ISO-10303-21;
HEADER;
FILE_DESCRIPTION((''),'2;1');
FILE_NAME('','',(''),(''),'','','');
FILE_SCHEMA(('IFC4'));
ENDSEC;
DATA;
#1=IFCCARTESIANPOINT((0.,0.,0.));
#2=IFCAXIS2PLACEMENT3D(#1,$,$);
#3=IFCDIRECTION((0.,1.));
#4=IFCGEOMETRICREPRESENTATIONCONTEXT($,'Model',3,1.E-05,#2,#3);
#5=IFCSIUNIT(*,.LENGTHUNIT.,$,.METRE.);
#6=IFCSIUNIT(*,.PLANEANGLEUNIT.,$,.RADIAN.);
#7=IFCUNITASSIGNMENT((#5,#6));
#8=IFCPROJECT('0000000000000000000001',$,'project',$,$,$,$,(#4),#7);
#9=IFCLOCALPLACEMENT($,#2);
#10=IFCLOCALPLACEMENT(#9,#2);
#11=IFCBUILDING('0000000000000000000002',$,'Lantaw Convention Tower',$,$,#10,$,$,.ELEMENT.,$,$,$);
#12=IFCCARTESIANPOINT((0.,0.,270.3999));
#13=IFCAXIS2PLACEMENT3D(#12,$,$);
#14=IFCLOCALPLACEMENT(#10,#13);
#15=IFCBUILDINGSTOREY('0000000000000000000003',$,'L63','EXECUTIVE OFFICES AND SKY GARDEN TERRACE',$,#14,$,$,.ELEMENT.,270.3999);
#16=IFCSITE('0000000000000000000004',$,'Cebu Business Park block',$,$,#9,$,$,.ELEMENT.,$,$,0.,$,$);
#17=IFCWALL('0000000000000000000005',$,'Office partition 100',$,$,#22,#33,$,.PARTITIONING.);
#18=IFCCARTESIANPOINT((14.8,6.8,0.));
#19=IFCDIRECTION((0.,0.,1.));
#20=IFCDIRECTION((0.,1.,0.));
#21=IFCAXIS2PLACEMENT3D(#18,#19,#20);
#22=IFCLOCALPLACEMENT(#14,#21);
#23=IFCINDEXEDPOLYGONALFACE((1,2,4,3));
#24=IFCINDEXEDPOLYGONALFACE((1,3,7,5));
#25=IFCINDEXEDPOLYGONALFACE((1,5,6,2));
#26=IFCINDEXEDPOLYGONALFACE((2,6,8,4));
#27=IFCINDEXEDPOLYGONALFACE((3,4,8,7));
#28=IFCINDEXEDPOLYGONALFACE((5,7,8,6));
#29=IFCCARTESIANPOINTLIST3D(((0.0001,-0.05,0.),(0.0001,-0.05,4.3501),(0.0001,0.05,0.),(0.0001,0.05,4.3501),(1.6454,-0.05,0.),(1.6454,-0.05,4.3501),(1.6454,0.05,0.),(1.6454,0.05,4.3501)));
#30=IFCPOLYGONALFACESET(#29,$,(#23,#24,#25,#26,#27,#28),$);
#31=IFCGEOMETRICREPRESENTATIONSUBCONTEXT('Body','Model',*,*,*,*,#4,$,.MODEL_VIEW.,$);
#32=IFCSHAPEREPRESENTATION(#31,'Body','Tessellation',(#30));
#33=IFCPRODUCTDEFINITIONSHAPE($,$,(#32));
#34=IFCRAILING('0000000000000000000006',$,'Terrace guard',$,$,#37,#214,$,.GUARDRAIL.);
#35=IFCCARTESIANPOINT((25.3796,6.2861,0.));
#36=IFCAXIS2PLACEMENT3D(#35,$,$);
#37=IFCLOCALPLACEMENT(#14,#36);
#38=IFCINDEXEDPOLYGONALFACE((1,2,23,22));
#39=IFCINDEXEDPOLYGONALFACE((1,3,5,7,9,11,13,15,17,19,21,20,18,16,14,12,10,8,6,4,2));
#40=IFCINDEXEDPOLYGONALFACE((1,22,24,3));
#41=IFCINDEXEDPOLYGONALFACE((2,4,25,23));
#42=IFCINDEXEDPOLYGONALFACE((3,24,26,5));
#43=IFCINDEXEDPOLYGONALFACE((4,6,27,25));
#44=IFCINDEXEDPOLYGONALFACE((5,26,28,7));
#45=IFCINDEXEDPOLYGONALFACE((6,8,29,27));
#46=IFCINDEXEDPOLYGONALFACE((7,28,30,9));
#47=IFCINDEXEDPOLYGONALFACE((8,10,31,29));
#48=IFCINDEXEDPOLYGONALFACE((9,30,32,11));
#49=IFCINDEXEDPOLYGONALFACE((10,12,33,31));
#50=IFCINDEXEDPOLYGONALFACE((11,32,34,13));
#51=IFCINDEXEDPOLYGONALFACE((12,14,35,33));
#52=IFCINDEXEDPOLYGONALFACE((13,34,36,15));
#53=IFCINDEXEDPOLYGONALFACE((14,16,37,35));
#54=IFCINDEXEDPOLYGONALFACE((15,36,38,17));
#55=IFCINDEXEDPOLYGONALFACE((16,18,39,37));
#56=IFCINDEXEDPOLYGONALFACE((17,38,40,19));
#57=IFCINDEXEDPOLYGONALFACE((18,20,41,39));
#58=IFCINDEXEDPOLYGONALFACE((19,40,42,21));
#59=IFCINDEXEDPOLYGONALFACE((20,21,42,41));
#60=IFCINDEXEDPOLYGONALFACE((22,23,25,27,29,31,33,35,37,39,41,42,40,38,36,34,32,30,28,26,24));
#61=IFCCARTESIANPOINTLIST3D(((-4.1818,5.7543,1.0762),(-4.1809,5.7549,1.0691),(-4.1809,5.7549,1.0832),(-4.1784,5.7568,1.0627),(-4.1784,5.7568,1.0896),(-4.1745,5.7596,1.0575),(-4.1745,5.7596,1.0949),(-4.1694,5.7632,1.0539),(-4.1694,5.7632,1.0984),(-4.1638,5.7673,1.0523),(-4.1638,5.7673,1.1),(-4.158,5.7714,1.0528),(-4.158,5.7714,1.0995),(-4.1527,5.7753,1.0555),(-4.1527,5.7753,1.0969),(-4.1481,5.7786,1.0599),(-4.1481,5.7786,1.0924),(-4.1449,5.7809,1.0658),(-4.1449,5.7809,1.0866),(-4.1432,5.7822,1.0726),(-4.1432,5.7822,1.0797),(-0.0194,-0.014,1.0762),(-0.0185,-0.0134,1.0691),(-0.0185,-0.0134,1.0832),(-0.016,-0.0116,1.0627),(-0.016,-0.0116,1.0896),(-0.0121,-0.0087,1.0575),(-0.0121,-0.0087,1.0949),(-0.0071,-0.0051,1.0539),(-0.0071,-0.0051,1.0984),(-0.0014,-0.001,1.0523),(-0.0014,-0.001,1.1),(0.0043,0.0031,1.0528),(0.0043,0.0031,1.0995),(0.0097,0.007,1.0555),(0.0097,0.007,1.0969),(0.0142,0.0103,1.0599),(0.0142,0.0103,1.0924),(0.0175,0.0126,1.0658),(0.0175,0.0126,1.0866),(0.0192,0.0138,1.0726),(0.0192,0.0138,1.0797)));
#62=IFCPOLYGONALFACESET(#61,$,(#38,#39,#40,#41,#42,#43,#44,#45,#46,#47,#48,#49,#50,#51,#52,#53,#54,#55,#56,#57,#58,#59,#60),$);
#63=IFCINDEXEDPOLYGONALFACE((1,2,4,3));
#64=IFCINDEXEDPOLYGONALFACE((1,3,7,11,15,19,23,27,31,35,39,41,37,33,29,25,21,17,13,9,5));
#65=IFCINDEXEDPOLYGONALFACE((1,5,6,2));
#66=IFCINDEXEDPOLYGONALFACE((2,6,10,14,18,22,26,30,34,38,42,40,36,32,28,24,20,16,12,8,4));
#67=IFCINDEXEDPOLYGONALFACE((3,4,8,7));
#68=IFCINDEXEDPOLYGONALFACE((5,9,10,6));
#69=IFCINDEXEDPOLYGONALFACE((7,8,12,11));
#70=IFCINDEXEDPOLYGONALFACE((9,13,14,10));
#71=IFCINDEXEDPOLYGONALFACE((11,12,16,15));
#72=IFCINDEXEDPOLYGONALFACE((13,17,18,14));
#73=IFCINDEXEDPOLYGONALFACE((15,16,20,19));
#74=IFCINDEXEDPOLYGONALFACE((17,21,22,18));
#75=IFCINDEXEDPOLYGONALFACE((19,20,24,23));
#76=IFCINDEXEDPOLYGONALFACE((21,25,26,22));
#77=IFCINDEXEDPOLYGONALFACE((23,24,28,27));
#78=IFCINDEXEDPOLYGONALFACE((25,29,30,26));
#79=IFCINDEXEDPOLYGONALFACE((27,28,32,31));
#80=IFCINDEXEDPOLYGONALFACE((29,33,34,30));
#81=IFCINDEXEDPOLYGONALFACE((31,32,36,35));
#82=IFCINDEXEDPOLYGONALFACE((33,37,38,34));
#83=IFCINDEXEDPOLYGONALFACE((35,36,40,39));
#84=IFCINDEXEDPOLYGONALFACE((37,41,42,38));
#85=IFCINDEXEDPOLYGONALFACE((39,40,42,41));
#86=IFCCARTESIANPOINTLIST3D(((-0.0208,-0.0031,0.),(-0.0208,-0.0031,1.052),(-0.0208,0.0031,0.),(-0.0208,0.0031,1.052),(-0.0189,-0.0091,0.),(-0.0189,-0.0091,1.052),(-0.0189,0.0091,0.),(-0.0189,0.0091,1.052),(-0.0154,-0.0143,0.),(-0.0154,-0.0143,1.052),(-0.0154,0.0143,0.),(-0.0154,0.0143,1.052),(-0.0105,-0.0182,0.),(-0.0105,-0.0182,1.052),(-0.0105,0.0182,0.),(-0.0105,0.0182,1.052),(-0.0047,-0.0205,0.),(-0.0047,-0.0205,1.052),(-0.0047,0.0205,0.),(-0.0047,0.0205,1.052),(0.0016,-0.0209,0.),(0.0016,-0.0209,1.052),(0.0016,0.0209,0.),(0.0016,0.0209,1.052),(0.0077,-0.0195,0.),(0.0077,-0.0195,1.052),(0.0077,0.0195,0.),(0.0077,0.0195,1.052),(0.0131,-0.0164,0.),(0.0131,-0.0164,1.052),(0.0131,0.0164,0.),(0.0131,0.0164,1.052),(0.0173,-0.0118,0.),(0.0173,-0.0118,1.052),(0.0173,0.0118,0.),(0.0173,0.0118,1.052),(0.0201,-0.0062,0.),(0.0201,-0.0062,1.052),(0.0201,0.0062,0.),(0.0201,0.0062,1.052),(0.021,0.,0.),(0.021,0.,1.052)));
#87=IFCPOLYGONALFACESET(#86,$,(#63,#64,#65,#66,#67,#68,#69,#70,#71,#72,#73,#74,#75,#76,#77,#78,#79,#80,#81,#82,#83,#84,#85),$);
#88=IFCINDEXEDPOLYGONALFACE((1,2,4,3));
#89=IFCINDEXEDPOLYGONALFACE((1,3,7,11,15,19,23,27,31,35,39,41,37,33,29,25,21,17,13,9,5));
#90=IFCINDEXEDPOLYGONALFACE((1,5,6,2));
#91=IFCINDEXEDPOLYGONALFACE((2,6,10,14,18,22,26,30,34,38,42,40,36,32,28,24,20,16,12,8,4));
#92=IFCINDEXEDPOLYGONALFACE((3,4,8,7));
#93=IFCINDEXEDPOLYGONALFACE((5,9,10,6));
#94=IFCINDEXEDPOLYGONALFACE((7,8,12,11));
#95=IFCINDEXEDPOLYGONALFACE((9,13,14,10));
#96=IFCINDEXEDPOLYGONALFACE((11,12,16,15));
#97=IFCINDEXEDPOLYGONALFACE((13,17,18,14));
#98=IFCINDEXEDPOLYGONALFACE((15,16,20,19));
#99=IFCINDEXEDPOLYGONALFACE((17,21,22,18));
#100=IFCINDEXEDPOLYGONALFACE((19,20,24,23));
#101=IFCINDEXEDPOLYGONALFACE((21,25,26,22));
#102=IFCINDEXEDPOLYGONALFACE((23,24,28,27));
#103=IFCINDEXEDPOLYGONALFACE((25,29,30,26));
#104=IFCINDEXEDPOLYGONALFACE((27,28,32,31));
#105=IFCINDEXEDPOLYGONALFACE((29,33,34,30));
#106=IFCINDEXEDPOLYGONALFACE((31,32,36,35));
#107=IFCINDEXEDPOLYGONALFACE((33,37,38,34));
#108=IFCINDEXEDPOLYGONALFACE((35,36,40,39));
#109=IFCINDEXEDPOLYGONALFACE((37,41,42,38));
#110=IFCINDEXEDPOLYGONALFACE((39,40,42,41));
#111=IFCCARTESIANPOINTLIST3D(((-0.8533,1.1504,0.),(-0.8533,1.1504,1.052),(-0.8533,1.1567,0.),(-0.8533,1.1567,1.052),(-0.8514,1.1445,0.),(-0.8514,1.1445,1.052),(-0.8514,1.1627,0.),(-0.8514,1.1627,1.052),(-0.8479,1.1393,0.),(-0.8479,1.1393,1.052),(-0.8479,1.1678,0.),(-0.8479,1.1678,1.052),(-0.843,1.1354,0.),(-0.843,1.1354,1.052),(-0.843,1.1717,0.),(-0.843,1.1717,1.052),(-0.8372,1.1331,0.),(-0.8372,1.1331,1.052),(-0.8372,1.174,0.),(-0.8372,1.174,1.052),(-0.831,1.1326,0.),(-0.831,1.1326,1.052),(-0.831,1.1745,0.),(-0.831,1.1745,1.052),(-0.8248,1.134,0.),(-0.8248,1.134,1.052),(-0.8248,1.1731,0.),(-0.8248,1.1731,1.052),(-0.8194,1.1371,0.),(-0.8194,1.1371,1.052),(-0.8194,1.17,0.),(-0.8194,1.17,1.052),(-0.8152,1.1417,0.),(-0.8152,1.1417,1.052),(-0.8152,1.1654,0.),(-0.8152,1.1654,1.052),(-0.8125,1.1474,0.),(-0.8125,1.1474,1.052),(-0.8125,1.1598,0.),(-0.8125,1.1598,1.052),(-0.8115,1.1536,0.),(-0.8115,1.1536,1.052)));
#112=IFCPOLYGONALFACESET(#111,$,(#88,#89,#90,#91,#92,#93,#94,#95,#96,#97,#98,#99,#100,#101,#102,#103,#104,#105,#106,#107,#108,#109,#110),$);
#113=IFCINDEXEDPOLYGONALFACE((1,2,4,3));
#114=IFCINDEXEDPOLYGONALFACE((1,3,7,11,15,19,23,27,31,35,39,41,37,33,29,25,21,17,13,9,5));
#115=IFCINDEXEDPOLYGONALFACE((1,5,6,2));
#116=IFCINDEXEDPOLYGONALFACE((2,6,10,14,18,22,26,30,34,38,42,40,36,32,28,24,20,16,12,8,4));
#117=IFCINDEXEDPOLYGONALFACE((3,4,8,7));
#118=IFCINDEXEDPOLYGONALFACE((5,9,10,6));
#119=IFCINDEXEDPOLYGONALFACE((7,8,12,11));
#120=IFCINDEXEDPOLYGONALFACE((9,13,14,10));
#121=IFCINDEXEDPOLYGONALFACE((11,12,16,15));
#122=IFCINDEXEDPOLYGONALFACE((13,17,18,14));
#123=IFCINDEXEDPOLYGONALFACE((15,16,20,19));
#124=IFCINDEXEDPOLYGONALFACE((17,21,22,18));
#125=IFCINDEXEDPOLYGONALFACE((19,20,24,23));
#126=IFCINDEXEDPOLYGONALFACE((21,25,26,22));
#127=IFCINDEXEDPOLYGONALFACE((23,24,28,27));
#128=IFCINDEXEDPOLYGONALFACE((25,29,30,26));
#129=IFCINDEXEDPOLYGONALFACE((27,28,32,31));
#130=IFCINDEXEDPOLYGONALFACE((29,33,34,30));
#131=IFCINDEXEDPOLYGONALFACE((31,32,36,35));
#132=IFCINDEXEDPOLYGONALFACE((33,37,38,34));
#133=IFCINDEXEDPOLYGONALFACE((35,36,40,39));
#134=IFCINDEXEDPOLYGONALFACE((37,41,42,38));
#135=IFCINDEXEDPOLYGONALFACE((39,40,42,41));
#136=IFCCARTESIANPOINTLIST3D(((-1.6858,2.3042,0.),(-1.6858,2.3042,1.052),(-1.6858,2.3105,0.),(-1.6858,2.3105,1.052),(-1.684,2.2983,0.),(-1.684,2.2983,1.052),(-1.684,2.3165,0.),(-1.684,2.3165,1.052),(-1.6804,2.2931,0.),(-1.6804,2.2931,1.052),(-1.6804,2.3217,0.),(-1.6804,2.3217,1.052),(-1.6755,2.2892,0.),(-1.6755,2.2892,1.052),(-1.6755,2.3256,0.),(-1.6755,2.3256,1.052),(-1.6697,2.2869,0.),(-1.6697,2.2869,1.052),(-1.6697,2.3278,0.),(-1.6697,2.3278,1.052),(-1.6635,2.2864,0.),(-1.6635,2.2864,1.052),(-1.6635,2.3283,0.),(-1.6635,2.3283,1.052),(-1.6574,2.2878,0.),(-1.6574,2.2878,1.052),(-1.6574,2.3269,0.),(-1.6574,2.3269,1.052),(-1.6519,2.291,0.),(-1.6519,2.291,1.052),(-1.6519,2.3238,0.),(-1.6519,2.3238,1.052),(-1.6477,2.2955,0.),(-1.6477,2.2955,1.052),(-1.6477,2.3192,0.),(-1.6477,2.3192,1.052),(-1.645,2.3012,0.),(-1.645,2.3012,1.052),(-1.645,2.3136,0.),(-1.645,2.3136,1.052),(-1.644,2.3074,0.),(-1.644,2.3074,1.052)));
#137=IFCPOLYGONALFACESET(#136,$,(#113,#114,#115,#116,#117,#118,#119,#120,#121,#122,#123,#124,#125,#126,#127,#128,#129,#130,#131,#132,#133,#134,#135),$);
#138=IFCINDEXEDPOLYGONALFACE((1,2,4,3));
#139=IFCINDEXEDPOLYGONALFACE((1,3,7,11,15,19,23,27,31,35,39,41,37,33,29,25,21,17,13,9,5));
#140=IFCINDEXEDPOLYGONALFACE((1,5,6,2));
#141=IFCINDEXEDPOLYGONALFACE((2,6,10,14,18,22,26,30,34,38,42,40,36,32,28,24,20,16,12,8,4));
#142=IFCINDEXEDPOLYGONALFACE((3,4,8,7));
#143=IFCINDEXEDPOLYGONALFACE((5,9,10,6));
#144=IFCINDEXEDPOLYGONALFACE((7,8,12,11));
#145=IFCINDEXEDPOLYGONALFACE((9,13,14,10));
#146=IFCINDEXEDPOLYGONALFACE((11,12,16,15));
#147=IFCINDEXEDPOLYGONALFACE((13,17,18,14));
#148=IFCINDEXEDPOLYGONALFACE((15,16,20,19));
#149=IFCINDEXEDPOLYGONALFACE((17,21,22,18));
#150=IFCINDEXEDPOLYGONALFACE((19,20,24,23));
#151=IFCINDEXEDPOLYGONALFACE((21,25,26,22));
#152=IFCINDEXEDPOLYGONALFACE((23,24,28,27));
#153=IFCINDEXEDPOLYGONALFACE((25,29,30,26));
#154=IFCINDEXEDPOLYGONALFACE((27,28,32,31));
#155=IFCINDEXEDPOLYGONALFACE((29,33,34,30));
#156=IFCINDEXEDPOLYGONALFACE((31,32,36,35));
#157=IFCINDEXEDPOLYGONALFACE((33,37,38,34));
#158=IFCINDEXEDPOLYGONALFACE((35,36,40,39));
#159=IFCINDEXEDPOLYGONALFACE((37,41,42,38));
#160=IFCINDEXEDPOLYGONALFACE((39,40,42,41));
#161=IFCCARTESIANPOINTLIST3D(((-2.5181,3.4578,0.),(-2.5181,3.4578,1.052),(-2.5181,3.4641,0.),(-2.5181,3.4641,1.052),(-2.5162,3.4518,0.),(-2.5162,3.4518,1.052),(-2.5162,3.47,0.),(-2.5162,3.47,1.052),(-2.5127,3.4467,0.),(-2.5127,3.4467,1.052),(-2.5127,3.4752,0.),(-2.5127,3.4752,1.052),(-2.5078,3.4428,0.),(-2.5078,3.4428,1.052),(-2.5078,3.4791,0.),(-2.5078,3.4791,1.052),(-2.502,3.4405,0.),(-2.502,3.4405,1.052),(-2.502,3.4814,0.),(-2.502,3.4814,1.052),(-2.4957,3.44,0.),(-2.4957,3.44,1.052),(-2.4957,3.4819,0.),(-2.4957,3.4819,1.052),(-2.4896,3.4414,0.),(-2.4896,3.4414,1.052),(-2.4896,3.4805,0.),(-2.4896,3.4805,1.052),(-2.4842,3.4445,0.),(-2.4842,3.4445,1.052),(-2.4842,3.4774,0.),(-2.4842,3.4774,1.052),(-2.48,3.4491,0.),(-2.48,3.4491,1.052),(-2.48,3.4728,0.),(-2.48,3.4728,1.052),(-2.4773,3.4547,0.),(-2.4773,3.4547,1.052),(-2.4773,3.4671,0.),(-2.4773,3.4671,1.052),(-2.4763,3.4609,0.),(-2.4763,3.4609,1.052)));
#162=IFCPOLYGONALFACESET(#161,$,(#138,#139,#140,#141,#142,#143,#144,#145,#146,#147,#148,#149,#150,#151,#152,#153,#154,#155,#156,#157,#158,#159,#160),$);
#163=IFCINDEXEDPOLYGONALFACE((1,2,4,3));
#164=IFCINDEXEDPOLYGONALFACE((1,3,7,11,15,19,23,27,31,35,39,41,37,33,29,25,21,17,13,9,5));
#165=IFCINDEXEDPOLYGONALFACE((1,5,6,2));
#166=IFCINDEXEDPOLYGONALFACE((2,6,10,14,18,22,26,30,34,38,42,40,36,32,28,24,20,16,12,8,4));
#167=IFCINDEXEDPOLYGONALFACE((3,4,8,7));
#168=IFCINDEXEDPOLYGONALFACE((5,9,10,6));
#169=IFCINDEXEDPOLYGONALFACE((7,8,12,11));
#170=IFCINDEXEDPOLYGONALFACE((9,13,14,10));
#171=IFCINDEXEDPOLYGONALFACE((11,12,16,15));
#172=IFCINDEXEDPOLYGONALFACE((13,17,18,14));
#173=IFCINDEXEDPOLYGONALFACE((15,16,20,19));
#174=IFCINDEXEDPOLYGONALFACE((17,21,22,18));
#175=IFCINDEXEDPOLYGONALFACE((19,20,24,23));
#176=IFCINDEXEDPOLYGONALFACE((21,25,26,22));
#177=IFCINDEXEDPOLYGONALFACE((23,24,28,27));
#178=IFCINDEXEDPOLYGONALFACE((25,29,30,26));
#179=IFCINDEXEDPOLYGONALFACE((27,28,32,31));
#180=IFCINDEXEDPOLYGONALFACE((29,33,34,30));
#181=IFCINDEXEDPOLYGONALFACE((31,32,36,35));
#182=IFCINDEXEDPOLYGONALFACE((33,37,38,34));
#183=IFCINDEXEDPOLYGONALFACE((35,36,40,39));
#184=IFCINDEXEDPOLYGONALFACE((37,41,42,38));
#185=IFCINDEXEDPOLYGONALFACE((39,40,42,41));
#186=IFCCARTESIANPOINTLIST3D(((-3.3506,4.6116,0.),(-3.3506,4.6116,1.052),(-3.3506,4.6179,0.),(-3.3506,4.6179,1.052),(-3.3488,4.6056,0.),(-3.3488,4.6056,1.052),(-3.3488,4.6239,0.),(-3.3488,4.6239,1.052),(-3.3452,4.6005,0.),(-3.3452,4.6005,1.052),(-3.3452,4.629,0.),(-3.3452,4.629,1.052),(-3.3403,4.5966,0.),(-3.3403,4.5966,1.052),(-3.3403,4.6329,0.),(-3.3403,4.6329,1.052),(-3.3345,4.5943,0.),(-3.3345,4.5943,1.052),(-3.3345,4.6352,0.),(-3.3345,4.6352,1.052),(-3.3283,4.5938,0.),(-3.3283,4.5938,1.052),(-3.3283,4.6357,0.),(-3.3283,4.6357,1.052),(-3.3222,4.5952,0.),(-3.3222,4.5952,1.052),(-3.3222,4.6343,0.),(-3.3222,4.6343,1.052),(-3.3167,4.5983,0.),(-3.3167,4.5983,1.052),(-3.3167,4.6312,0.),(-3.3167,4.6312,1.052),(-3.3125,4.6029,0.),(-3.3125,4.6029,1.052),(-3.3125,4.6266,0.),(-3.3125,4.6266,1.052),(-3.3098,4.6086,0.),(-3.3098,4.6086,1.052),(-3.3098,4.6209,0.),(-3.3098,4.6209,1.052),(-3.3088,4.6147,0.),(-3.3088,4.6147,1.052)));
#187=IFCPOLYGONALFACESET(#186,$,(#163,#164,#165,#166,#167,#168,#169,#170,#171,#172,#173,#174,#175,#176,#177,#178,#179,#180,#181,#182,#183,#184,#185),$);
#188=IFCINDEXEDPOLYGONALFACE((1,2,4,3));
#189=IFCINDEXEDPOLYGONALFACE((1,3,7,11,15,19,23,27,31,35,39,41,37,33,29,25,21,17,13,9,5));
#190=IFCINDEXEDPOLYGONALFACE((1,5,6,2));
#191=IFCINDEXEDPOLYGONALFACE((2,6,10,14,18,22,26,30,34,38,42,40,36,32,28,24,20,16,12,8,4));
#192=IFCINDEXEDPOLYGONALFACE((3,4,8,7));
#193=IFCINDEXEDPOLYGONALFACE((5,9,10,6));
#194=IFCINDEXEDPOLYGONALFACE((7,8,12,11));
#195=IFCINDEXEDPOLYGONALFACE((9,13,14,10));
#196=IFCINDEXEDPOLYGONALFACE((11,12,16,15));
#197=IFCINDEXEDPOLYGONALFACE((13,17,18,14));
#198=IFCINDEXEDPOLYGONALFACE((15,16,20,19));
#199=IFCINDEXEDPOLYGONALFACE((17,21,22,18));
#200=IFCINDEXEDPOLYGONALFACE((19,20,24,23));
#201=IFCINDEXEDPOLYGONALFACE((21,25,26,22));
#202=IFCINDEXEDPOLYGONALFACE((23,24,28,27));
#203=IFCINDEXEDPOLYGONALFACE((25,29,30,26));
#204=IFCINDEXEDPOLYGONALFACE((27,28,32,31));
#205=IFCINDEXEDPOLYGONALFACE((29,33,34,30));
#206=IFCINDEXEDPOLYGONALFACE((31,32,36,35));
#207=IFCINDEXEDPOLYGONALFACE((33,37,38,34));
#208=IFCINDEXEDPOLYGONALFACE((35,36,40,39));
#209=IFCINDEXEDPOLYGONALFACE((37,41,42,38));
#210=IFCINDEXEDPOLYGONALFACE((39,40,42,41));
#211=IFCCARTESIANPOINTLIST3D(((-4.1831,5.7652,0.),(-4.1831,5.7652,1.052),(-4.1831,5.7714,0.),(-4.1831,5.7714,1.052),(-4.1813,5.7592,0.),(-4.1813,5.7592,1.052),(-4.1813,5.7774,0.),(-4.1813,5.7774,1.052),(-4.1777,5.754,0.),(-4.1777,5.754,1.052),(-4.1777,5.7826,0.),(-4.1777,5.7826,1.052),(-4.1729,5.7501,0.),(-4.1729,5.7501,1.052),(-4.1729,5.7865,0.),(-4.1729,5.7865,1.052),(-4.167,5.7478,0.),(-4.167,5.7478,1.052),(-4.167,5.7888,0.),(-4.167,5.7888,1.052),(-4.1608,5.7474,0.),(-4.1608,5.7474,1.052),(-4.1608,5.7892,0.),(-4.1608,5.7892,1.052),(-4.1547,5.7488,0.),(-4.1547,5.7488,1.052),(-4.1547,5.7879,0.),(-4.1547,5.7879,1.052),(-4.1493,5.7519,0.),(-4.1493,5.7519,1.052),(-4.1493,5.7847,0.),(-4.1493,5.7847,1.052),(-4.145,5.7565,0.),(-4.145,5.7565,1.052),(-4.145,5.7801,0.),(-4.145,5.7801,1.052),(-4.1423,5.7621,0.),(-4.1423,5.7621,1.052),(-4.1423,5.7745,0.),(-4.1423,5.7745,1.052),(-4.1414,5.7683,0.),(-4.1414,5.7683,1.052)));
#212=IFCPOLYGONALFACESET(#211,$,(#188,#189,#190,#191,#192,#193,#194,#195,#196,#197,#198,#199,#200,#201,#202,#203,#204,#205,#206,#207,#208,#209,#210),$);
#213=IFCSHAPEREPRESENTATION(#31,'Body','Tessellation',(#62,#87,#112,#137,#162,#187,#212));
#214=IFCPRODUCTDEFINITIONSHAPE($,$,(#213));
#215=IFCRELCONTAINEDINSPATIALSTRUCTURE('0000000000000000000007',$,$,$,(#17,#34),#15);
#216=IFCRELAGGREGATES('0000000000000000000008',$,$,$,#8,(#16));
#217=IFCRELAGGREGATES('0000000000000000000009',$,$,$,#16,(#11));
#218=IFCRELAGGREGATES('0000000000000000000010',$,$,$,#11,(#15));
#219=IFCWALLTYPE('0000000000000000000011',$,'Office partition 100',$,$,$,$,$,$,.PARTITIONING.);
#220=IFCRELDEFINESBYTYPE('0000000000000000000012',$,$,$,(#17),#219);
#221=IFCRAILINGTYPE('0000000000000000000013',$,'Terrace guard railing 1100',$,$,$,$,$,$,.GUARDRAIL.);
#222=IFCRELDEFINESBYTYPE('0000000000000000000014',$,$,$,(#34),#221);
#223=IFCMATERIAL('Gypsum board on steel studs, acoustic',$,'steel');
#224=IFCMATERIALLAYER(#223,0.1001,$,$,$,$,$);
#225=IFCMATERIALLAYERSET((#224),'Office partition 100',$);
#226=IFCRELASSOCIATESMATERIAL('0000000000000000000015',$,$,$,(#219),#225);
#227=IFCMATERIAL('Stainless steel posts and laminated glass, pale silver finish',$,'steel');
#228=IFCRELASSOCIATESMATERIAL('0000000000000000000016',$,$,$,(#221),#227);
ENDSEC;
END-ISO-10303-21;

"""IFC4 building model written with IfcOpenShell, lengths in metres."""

from ifc_helpers import new_model, si_unit, direction, frame, frame_2d, origin, origin_2d, place, context, subcontext, project, spatial, rectangle, circle, extrude, material, layer, layer_set, type_object, element, save


model = new_model("IFC4")

# Units and contexts
model_context = context("Model", 3, precision=1e-05, world=origin(), true_north=direction((0.0, 1.0)))
body_context = subcontext(model_context, "Body", "Model", "MODEL_VIEW")
ifc_project = project(units=[si_unit("LENGTHUNIT", "METRE"), si_unit("PLANEANGLEUNIT", "RADIAN")], contexts=[model_context])

# Site, building, storey
site_placement = place(None, origin())
site = spatial("IfcSite", under=ifc_project, at=site_placement, Name="Cebu Business Park block", CompositionType="ELEMENT", RefElevation=0.0)
building_placement = place(site_placement, origin())
building = spatial("IfcBuilding", under=site, at=building_placement, Name="Lantaw Convention Tower", CompositionType="ELEMENT")
storey_placement = place(building_placement, frame((0.0, 0.0, 270.3999)))
storey = spatial("IfcBuildingStorey", under=building, at=storey_placement, Name="L63", Description="EXECUTIVE OFFICES AND SKY GARDEN TERRACE", CompositionType="ELEMENT", Elevation=270.3999)

# Wall
ifc_material_1 = material(Name="Gypsum board on steel studs, acoustic", Category="steel")
ifc_layer_1 = layer(ifc_material_1, 0.1001)
ifc_layer_set_1 = layer_set([ifc_layer_1], Name="Office partition 100")
wall_type_1 = type_object("IfcWallType", Name="Office partition 100", PredefinedType="PARTITIONING", material=ifc_layer_set_1)
wall_1_placement = place(storey_placement, frame((14.8, 6.8, 0.0), z_axis=(0.0, 0.0, 1.0), x_axis=(0.0, 1.0, 0.0)))
element("IfcWall", 1, at=wall_1_placement, inside=storey, type_object=wall_type_1, Name="Office partition 100", PredefinedType="PARTITIONING", context=body_context, shape_type="SweptSolid", body=[
    extrude(rectangle(XDim=1.6453, YDim=0.1001, at=frame_2d((0.8228, 0.0))), origin(), (0.0, 0.0, 1.0), 4.3501),
])

# Railing
ifc_material_2 = material(Name="Stainless steel posts and laminated glass, pale silver finish", Category="steel")
railing_type = type_object("IfcRailingType", Name="Terrace guard railing 1100", PredefinedType="GUARDRAIL", material=ifc_material_2)
railing_1_placement = place(storey_placement, frame((25.3796, 6.2861, 0.0)))
element("IfcRailing", 2, at=railing_1_placement, inside=storey, type_object=railing_type, Name="Terrace guard", PredefinedType="GUARDRAIL", context=body_context, shape_type="SweptSolid", body=[
    extrude(circle(Radius=0.0239, at=origin_2d()), frame((0.0, 0.0, 1.0762), z_axis=(-0.585153, 0.810923, 0.0), x_axis=(-0.810923, -0.585153, 0.0)), (0.0, 0.0, 1.0), 7.1133),
    extrude(circle(Radius=0.021, at=origin_2d()), origin(), (0.0, 0.0, 1.0), 1.052),
    extrude(circle(Radius=0.021, at=origin_2d()), frame((-0.8325, 1.1536, 0.0)), (0.0, 0.0, 1.0), 1.052),
    extrude(circle(Radius=0.021, at=origin_2d()), frame((-1.665, 2.3074, 0.0)), (0.0, 0.0, 1.0), 1.052),
    extrude(circle(Radius=0.021, at=origin_2d()), frame((-2.4973, 3.4609, 0.0)), (0.0, 0.0, 1.0), 1.052),
    extrude(circle(Radius=0.021, at=origin_2d()), frame((-3.3298, 4.6147, 0.0)), (0.0, 0.0, 1.0), 1.052),
    extrude(circle(Radius=0.021, at=origin_2d()), frame((-4.1624, 5.7683, 0.0)), (0.0, 0.0, 1.0), 1.052),
])

save(model, "model.ifc")
